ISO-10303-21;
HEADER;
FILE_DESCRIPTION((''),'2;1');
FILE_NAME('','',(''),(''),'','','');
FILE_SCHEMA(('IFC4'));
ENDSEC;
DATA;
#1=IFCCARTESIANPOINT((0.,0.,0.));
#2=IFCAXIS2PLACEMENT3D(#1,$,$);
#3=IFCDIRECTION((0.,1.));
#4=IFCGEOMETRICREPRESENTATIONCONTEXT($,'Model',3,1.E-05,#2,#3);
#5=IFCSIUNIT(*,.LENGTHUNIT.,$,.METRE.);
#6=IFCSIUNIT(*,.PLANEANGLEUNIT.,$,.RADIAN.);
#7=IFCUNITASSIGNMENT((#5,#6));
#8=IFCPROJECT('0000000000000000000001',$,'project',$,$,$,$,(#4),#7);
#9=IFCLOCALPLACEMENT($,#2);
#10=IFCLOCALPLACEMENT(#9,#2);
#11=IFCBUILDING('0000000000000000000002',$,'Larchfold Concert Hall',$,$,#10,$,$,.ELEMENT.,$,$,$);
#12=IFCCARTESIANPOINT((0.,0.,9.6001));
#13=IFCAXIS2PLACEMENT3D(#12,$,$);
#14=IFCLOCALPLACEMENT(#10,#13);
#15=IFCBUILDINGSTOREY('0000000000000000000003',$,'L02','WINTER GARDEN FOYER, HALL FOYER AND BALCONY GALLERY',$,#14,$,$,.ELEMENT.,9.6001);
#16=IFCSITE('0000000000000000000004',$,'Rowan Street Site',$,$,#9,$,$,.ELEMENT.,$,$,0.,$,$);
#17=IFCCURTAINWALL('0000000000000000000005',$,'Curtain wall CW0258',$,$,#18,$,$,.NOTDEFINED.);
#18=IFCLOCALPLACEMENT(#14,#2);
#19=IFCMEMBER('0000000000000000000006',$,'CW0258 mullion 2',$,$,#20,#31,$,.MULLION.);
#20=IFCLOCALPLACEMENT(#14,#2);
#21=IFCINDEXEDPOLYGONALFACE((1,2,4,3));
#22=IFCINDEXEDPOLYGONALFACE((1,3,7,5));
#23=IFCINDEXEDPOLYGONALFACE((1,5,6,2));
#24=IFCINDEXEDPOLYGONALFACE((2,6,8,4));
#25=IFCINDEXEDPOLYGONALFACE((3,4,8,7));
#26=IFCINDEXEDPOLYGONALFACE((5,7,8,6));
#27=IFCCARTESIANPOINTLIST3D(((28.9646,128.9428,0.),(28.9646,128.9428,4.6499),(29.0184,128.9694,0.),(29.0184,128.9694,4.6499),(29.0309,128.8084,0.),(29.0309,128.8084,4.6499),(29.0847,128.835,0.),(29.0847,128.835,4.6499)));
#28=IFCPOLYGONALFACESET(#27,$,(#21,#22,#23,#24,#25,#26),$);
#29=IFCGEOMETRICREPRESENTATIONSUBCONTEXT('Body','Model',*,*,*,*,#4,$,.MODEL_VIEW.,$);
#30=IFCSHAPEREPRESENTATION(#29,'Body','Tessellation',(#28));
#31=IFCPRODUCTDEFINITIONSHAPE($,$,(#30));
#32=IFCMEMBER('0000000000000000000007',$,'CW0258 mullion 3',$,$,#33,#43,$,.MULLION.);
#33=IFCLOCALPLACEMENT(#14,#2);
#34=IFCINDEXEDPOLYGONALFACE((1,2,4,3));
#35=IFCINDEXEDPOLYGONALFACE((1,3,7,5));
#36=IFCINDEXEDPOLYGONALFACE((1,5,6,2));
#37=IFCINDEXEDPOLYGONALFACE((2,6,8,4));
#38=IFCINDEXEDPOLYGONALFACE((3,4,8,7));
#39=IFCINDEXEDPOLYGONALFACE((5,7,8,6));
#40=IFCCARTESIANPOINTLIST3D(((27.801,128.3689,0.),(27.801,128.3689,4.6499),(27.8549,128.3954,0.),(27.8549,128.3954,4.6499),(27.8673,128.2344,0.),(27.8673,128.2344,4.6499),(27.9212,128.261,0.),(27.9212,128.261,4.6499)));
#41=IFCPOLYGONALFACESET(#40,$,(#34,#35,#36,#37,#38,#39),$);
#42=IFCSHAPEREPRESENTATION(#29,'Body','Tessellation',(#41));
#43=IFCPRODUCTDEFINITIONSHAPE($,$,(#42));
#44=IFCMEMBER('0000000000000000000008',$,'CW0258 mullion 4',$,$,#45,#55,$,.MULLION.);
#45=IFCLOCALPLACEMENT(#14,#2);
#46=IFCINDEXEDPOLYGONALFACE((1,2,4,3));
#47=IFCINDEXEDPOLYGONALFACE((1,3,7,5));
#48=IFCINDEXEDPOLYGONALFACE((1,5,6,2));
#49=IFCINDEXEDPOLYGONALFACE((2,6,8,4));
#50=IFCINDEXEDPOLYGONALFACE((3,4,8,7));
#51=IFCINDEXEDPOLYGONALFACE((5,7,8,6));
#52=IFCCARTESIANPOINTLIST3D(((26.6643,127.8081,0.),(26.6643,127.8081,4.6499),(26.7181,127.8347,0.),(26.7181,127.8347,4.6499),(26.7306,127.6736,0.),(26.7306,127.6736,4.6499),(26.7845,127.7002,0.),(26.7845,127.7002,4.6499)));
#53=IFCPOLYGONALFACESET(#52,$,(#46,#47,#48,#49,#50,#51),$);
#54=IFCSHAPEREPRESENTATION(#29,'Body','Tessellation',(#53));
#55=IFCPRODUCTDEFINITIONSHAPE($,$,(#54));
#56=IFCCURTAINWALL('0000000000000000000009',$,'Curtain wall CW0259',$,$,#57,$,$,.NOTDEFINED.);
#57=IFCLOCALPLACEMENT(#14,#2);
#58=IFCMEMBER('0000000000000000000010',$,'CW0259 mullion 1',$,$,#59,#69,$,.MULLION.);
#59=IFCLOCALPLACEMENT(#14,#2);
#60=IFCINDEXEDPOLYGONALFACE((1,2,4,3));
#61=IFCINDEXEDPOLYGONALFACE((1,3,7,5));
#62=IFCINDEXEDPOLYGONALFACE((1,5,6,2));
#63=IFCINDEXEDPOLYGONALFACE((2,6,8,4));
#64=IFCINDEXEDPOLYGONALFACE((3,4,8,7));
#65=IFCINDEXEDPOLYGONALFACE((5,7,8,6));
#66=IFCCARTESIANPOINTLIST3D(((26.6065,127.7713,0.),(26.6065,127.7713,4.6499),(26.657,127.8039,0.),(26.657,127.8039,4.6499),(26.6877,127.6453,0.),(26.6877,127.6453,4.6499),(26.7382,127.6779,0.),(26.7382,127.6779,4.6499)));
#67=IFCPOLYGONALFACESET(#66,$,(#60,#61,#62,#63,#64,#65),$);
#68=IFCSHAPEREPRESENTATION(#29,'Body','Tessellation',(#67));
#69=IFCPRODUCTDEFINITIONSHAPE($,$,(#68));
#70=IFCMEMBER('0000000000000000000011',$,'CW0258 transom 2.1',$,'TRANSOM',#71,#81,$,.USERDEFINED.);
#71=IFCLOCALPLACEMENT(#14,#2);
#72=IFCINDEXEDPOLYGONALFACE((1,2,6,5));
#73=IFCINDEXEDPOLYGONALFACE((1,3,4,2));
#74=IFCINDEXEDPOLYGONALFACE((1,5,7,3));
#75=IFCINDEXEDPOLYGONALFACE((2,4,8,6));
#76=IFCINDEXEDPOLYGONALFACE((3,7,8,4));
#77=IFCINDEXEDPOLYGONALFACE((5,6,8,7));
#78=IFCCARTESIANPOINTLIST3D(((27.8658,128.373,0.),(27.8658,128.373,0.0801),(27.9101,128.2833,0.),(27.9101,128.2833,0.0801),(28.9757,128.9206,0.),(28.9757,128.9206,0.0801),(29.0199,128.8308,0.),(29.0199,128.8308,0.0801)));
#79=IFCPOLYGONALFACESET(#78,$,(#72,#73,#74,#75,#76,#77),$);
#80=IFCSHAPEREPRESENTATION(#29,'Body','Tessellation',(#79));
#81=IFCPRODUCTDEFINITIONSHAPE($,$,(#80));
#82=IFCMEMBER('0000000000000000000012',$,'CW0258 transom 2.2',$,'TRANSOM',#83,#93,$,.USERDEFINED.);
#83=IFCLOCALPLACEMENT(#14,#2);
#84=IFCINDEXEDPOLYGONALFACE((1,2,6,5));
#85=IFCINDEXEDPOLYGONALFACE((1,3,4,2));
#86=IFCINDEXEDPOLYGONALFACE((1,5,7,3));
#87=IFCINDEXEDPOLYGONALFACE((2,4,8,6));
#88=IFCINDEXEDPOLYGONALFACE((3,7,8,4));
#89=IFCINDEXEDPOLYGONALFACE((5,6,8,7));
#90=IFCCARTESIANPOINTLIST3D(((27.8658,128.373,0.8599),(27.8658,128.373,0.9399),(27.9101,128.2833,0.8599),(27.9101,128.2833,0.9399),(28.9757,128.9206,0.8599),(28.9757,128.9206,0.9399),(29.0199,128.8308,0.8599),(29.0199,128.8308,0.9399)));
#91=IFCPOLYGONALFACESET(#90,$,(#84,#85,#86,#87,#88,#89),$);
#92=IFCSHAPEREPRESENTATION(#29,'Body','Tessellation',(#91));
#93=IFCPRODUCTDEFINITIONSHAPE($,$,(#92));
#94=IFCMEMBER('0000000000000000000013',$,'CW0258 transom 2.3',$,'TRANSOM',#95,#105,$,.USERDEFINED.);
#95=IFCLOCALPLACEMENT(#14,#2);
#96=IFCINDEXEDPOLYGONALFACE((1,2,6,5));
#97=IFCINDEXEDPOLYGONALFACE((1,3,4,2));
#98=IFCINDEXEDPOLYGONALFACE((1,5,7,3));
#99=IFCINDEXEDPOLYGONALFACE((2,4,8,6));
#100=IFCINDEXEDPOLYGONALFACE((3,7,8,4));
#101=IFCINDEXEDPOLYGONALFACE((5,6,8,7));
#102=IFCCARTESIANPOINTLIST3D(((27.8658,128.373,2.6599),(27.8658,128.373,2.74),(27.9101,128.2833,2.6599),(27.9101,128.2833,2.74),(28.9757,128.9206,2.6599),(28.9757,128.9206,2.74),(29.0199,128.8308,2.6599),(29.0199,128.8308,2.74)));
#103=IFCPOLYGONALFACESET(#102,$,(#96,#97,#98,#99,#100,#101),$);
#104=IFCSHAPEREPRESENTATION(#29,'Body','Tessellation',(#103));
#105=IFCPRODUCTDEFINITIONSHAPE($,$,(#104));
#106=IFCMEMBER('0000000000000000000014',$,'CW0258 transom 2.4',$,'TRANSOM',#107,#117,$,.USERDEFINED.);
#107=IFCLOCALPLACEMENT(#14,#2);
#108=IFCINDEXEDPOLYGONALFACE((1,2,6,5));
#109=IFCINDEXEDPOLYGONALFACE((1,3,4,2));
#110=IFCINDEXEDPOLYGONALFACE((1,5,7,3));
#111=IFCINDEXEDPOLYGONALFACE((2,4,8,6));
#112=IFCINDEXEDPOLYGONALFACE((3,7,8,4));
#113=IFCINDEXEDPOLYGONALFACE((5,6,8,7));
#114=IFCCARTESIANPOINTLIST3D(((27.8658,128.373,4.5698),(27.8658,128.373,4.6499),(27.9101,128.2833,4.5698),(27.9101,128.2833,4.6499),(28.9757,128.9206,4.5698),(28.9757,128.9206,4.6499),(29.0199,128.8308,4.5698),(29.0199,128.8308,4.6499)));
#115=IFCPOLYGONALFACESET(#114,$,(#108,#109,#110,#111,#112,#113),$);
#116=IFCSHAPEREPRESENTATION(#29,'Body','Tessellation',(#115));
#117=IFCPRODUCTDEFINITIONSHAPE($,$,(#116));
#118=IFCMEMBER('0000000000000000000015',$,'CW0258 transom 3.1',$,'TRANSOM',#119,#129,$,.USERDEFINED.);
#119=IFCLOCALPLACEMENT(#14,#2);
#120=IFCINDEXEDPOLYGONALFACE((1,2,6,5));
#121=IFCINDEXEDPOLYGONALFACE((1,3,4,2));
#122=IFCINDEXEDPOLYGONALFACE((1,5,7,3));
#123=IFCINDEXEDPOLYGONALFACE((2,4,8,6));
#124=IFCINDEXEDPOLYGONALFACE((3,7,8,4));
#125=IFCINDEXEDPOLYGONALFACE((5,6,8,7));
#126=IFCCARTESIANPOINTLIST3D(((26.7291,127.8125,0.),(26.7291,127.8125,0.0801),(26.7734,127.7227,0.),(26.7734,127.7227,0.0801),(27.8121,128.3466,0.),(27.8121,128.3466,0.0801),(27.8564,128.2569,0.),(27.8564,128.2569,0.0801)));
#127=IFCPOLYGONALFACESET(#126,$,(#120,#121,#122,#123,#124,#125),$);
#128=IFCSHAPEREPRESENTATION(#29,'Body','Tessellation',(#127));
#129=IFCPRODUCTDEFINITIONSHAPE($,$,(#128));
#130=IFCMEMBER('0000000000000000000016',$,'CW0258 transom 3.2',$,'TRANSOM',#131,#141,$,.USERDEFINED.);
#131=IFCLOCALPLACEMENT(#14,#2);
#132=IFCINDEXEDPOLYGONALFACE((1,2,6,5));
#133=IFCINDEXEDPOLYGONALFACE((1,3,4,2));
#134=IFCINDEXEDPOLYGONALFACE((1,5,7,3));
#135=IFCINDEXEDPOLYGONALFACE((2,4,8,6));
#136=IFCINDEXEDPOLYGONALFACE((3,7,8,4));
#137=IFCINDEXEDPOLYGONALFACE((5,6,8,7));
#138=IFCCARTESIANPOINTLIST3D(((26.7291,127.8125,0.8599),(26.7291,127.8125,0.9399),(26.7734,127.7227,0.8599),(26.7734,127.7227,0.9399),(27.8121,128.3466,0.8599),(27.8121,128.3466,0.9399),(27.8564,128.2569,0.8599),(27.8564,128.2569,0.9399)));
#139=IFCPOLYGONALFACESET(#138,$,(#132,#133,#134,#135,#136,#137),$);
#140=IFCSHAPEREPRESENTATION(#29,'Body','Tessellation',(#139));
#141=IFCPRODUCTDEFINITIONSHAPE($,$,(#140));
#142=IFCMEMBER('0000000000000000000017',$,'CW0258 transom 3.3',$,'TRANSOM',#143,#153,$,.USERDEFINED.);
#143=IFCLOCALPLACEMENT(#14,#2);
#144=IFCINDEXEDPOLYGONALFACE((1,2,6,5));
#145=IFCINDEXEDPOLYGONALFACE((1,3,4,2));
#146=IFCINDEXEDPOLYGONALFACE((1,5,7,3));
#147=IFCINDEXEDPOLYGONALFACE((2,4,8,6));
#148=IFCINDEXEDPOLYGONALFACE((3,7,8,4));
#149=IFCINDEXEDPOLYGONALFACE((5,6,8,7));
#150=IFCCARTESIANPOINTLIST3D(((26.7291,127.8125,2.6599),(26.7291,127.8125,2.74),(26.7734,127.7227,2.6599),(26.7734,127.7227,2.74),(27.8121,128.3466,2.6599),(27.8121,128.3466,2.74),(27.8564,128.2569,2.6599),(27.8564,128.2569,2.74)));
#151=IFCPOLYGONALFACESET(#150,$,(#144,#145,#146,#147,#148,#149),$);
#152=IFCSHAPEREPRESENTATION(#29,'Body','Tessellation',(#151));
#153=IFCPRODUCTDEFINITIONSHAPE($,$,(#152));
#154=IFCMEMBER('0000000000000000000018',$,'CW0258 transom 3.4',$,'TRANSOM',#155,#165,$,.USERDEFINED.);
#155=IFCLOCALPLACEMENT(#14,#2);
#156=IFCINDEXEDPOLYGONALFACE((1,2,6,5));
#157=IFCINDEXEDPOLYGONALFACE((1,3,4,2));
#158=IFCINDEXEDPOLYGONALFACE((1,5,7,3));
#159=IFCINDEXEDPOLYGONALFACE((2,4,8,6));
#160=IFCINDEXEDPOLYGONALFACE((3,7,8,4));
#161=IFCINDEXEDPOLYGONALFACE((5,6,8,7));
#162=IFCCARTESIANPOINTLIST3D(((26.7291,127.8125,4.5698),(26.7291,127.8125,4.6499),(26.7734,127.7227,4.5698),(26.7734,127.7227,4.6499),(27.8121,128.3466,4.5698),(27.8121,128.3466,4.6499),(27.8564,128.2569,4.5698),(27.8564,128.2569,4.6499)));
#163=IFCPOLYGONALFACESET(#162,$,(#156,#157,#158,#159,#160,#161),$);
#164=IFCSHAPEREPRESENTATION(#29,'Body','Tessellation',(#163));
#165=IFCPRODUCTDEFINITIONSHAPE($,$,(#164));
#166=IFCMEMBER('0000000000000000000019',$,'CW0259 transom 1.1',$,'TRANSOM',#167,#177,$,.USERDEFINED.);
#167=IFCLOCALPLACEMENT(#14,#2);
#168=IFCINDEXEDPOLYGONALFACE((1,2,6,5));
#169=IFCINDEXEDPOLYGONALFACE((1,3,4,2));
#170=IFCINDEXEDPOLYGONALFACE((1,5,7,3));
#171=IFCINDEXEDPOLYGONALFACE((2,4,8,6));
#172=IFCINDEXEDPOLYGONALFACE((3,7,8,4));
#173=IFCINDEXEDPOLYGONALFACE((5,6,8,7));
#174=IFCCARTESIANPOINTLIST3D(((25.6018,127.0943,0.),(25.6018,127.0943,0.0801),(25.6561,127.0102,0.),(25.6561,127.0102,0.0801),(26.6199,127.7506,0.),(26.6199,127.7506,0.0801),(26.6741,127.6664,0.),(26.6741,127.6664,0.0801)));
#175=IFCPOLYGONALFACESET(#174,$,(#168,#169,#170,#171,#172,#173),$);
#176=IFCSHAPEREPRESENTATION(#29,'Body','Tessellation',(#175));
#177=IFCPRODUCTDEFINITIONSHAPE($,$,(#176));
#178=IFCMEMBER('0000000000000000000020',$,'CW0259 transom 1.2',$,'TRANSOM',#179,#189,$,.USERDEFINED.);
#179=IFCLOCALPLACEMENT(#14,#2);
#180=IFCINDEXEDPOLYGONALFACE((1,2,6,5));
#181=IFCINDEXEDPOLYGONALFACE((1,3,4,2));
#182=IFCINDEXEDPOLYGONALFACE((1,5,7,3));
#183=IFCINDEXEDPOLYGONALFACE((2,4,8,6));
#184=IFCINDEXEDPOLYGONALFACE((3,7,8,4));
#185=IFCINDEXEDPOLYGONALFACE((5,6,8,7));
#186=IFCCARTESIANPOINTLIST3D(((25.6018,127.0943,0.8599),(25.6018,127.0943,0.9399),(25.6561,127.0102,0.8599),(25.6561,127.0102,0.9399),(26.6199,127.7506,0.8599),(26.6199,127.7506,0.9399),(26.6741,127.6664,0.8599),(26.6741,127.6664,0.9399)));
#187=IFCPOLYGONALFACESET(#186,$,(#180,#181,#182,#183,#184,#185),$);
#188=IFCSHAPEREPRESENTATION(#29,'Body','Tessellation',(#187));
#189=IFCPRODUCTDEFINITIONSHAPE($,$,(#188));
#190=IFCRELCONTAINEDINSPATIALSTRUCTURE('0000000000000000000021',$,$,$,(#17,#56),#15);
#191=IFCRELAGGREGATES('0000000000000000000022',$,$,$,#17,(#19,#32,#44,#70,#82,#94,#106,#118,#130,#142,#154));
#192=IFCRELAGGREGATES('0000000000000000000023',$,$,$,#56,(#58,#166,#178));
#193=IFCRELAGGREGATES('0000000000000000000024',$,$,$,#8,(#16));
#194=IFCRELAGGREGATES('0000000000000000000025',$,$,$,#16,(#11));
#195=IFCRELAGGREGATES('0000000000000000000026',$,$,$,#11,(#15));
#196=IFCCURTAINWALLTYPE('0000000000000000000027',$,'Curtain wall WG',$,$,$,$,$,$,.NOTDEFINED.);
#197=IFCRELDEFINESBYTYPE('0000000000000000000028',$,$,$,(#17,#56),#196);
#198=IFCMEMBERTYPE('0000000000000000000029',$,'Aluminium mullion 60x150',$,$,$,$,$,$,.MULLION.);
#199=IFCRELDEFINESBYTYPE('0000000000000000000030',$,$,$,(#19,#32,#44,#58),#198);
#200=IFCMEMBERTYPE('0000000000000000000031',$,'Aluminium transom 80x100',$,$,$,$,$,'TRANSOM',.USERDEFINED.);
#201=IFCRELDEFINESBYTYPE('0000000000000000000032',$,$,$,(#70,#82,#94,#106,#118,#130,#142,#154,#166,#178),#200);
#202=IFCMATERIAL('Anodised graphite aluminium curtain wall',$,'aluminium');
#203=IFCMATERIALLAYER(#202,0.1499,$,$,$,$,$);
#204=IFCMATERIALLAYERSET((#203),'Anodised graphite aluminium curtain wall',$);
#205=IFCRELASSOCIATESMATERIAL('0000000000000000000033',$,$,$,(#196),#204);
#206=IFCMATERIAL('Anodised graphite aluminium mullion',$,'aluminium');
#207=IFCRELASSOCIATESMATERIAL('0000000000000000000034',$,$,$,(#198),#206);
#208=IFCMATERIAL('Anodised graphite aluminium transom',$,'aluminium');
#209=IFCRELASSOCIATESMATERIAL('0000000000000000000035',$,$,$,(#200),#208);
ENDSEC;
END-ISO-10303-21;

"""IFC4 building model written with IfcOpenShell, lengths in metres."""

from ifc_helpers import new_model, si_unit, direction, frame, origin, origin_2d, place, context, subcontext, project, spatial, rectangle, extrude, material, layer, layer_set, material_profile, profile_set, type_object, element, aggregate, save


model = new_model("IFC4")

# Units and contexts
model_context = context("Model", 3, precision=1e-05, world=origin(), true_north=direction((0.0, 1.0)))
body_context = subcontext(model_context, "Body", "Model", "MODEL_VIEW")
ifc_project = project(units=[si_unit("LENGTHUNIT", "METRE"), si_unit("PLANEANGLEUNIT", "RADIAN")], contexts=[model_context])

# Site, building, storey
site_placement = place(None, origin())
site = spatial("IfcSite", under=ifc_project, at=site_placement, Name="Rowan Street Site", CompositionType="ELEMENT", RefElevation=0.0)
building_placement = place(site_placement, origin())
building = spatial("IfcBuilding", under=site, at=building_placement, Name="Larchfold Concert Hall", CompositionType="ELEMENT")
storey_placement = place(building_placement, frame((0.0, 0.0, 9.6001)))
storey = spatial("IfcBuildingStorey", under=building, at=storey_placement, Name="L02", Description="WINTER GARDEN FOYER, HALL FOYER AND BALCONY GALLERY", CompositionType="ELEMENT", Elevation=9.6001)

# Curtain wall, members
ifc_material_1 = material(Name="Anodised graphite aluminium curtain wall", Category="aluminium")
ifc_layer_1 = layer(ifc_material_1, 0.1499)
ifc_layer_set_1 = layer_set([ifc_layer_1], Name="Anodised graphite aluminium curtain wall")
curtain_wall_type = type_object("IfcCurtainWallType", Name="Curtain wall WG", PredefinedType="NOTDEFINED", material=ifc_layer_set_1)
curtain_wall_1_placement = place(storey_placement, origin())
curtain_wall_1 = element("IfcCurtainWall", 1, at=curtain_wall_1_placement, inside=storey, type_object=curtain_wall_type, Name="Curtain wall CW0258", PredefinedType="NOTDEFINED")
ifc_material_2 = material(Name="Anodised graphite aluminium mullion", Category="aluminium")
ifc_material_profile_1 = material_profile(ifc_material_2, rectangle(XDim=0.1499, YDim=0.0601, at=origin_2d()))
ifc_profile_set_1 = profile_set([ifc_material_profile_1], Name="Anodised graphite aluminium mullion")
member_type_1 = type_object("IfcMemberType", Name="Aluminium mullion 60x150", PredefinedType="MULLION", material=ifc_profile_set_1)
member_1_placement = place(storey_placement, frame((29.0247, 128.8889, 0.0), z_axis=(0.0, 0.0, 1.0), x_axis=(0.44239, -0.896823, 0.0)))
member_1 = element("IfcMember", 2, at=member_1_placement, type_object=member_type_1, Name="CW0258 mullion 2", PredefinedType="MULLION", context=body_context, shape_type="SweptSolid", body=[
    extrude(rectangle(XDim=0.1499, YDim=0.0601, at=origin_2d()), origin(), (0.0, 0.0, 1.0), 4.6499),
])
member_2_placement = place(storey_placement, frame((27.8611, 128.3149, 0.0), z_axis=(0.0, 0.0, 1.0), x_axis=(0.44239, -0.896823, 0.0)))
member_2 = element("IfcMember", 3, at=member_2_placement, type_object=member_type_1, Name="CW0258 mullion 3", PredefinedType="MULLION", context=body_context, shape_type="SweptSolid", body=[
    extrude(rectangle(XDim=0.1499, YDim=0.0601, at=origin_2d()), origin(), (0.0, 0.0, 1.0), 4.6499),
])
member_3_placement = place(storey_placement, frame((26.7244, 127.7542, 0.0), z_axis=(0.0, 0.0, 1.0), x_axis=(0.44239, -0.896823, 0.0)))
member_3 = element("IfcMember", 4, at=member_3_placement, type_object=member_type_1, Name="CW0258 mullion 4", PredefinedType="MULLION", context=body_context, shape_type="SweptSolid", body=[
    extrude(rectangle(XDim=0.1499, YDim=0.0601, at=origin_2d()), origin(), (0.0, 0.0, 1.0), 4.6499),
])

# Curtain wall, member
curtain_wall_2_placement = place(storey_placement, origin())
curtain_wall_2 = element("IfcCurtainWall", 5, at=curtain_wall_2_placement, inside=storey, type_object=curtain_wall_type, Name="Curtain wall CW0259", PredefinedType="NOTDEFINED")
member_4_placement = place(storey_placement, frame((26.6724, 127.7246, 0.0), z_axis=(0.0, 0.0, 1.0), x_axis=(0.541791, -0.840513, 0.0)))
member_4 = element("IfcMember", 6, at=member_4_placement, type_object=member_type_1, Name="CW0259 mullion 1", PredefinedType="MULLION", context=body_context, shape_type="SweptSolid", body=[
    extrude(rectangle(XDim=0.1499, YDim=0.0601, at=origin_2d()), origin(), (0.0, 0.0, 1.0), 4.6499),
])

# Members
ifc_material_3 = material(Name="Anodised graphite aluminium transom", Category="aluminium")
ifc_material_profile_2 = material_profile(ifc_material_3, rectangle(XDim=0.1001, YDim=0.0801, at=origin_2d()))
ifc_profile_set_2 = profile_set([ifc_material_profile_2], Name="Anodised graphite aluminium transom")
member_type_2 = type_object("IfcMemberType", Name="Aluminium transom 80x100", ElementType="TRANSOM", PredefinedType="USERDEFINED", material=ifc_profile_set_2)
member_5_placement = place(storey_placement, frame((28.9978, 128.8757, 0.04), z_axis=(-0.896782, -0.442473, 0.0), x_axis=(0.442473, -0.896782, 0.0)))
member_5 = element("IfcMember", 7, at=member_5_placement, type_object=member_type_2, Name="CW0258 transom 2.1", ObjectType="TRANSOM", PredefinedType="USERDEFINED", context=body_context, shape_type="SweptSolid", body=[
    extrude(rectangle(XDim=0.1001, YDim=0.0801, at=origin_2d()), origin(), (0.0, 0.0, 1.0), 1.2375),
])
member_6_placement = place(storey_placement, frame((28.9978, 128.8757, 0.8999), z_axis=(-0.896782, -0.442473, 0.0), x_axis=(0.442473, -0.896782, 0.0)))
member_6 = element("IfcMember", 8, at=member_6_placement, type_object=member_type_2, Name="CW0258 transom 2.2", ObjectType="TRANSOM", PredefinedType="USERDEFINED", context=body_context, shape_type="SweptSolid", body=[
    extrude(rectangle(XDim=0.1001, YDim=0.0801, at=origin_2d()), origin(), (0.0, 0.0, 1.0), 1.2375),
])
member_7_placement = place(storey_placement, frame((28.9978, 128.8757, 2.7), z_axis=(-0.896782, -0.442473, 0.0), x_axis=(0.442473, -0.896782, 0.0)))
member_7 = element("IfcMember", 9, at=member_7_placement, type_object=member_type_2, Name="CW0258 transom 2.3", ObjectType="TRANSOM", PredefinedType="USERDEFINED", context=body_context, shape_type="SweptSolid", body=[
    extrude(rectangle(XDim=0.1001, YDim=0.0801, at=origin_2d()), origin(), (0.0, 0.0, 1.0), 1.2375),
])
member_8_placement = place(storey_placement, frame((28.9978, 128.8757, 4.6099), z_axis=(-0.896782, -0.442473, 0.0), x_axis=(0.442473, -0.896782, 0.0)))
member_8 = element("IfcMember", 10, at=member_8_placement, type_object=member_type_2, Name="CW0258 transom 2.4", ObjectType="TRANSOM", PredefinedType="USERDEFINED", context=body_context, shape_type="SweptSolid", body=[
    extrude(rectangle(XDim=0.1001, YDim=0.0801, at=origin_2d()), origin(), (0.0, 0.0, 1.0), 1.2375),
])
member_9_placement = place(storey_placement, frame((27.8342, 128.3018, 0.04), z_axis=(-0.89684, -0.442355, 0.0), x_axis=(0.442355, -0.89684, 0.0)))
member_9 = element("IfcMember", 11, at=member_9_placement, type_object=member_type_2, Name="CW0258 transom 3.1", ObjectType="TRANSOM", PredefinedType="USERDEFINED", context=body_context, shape_type="SweptSolid", body=[
    extrude(rectangle(XDim=0.1001, YDim=0.0801, at=origin_2d()), origin(), (0.0, 0.0, 1.0), 1.2075),
])
member_10_placement = place(storey_placement, frame((27.8342, 128.3018, 0.8999), z_axis=(-0.89684, -0.442355, 0.0), x_axis=(0.442355, -0.89684, 0.0)))
member_10 = element("IfcMember", 12, at=member_10_placement, type_object=member_type_2, Name="CW0258 transom 3.2", ObjectType="TRANSOM", PredefinedType="USERDEFINED", context=body_context, shape_type="SweptSolid", body=[
    extrude(rectangle(XDim=0.1001, YDim=0.0801, at=origin_2d()), origin(), (0.0, 0.0, 1.0), 1.2075),
])
member_11_placement = place(storey_placement, frame((27.8342, 128.3018, 2.7), z_axis=(-0.89684, -0.442355, 0.0), x_axis=(0.442355, -0.89684, 0.0)))
member_11 = element("IfcMember", 13, at=member_11_placement, type_object=member_type_2, Name="CW0258 transom 3.3", ObjectType="TRANSOM", PredefinedType="USERDEFINED", context=body_context, shape_type="SweptSolid", body=[
    extrude(rectangle(XDim=0.1001, YDim=0.0801, at=origin_2d()), origin(), (0.0, 0.0, 1.0), 1.2075),
])
member_12_placement = place(storey_placement, frame((27.8342, 128.3018, 4.6099), z_axis=(-0.89684, -0.442355, 0.0), x_axis=(0.442355, -0.89684, 0.0)))
member_12 = element("IfcMember", 14, at=member_12_placement, type_object=member_type_2, Name="CW0258 transom 3.4", ObjectType="TRANSOM", PredefinedType="USERDEFINED", context=body_context, shape_type="SweptSolid", body=[
    extrude(rectangle(XDim=0.1001, YDim=0.0801, at=origin_2d()), origin(), (0.0, 0.0, 1.0), 1.2075),
])
member_13_placement = place(storey_placement, frame((26.647, 127.7085, 0.04), z_axis=(-0.84051, -0.541796, 0.0), x_axis=(0.541796, -0.84051, 0.0)))
member_13 = element("IfcMember", 15, at=member_13_placement, type_object=member_type_2, Name="CW0259 transom 1.1", ObjectType="TRANSOM", PredefinedType="USERDEFINED", context=body_context, shape_type="SweptSolid", body=[
    extrude(rectangle(XDim=0.1001, YDim=0.0801, at=origin_2d()), origin(), (0.0, 0.0, 1.0), 1.2112),
])
member_14_placement = place(storey_placement, frame((26.647, 127.7085, 0.8999), z_axis=(-0.84051, -0.541796, 0.0), x_axis=(0.541796, -0.84051, 0.0)))
member_14 = element("IfcMember", 16, at=member_14_placement, type_object=member_type_2, Name="CW0259 transom 1.2", ObjectType="TRANSOM", PredefinedType="USERDEFINED", context=body_context, shape_type="SweptSolid", body=[
    extrude(rectangle(XDim=0.1001, YDim=0.0801, at=origin_2d()), origin(), (0.0, 0.0, 1.0), 1.2112),
])

aggregate(curtain_wall_1, [member_1, member_2, member_3, member_5, member_6, member_7, member_8, member_9, member_10, member_11, member_12])
aggregate(curtain_wall_2, [member_4, member_13, member_14])

save(model, "model.ifc")
